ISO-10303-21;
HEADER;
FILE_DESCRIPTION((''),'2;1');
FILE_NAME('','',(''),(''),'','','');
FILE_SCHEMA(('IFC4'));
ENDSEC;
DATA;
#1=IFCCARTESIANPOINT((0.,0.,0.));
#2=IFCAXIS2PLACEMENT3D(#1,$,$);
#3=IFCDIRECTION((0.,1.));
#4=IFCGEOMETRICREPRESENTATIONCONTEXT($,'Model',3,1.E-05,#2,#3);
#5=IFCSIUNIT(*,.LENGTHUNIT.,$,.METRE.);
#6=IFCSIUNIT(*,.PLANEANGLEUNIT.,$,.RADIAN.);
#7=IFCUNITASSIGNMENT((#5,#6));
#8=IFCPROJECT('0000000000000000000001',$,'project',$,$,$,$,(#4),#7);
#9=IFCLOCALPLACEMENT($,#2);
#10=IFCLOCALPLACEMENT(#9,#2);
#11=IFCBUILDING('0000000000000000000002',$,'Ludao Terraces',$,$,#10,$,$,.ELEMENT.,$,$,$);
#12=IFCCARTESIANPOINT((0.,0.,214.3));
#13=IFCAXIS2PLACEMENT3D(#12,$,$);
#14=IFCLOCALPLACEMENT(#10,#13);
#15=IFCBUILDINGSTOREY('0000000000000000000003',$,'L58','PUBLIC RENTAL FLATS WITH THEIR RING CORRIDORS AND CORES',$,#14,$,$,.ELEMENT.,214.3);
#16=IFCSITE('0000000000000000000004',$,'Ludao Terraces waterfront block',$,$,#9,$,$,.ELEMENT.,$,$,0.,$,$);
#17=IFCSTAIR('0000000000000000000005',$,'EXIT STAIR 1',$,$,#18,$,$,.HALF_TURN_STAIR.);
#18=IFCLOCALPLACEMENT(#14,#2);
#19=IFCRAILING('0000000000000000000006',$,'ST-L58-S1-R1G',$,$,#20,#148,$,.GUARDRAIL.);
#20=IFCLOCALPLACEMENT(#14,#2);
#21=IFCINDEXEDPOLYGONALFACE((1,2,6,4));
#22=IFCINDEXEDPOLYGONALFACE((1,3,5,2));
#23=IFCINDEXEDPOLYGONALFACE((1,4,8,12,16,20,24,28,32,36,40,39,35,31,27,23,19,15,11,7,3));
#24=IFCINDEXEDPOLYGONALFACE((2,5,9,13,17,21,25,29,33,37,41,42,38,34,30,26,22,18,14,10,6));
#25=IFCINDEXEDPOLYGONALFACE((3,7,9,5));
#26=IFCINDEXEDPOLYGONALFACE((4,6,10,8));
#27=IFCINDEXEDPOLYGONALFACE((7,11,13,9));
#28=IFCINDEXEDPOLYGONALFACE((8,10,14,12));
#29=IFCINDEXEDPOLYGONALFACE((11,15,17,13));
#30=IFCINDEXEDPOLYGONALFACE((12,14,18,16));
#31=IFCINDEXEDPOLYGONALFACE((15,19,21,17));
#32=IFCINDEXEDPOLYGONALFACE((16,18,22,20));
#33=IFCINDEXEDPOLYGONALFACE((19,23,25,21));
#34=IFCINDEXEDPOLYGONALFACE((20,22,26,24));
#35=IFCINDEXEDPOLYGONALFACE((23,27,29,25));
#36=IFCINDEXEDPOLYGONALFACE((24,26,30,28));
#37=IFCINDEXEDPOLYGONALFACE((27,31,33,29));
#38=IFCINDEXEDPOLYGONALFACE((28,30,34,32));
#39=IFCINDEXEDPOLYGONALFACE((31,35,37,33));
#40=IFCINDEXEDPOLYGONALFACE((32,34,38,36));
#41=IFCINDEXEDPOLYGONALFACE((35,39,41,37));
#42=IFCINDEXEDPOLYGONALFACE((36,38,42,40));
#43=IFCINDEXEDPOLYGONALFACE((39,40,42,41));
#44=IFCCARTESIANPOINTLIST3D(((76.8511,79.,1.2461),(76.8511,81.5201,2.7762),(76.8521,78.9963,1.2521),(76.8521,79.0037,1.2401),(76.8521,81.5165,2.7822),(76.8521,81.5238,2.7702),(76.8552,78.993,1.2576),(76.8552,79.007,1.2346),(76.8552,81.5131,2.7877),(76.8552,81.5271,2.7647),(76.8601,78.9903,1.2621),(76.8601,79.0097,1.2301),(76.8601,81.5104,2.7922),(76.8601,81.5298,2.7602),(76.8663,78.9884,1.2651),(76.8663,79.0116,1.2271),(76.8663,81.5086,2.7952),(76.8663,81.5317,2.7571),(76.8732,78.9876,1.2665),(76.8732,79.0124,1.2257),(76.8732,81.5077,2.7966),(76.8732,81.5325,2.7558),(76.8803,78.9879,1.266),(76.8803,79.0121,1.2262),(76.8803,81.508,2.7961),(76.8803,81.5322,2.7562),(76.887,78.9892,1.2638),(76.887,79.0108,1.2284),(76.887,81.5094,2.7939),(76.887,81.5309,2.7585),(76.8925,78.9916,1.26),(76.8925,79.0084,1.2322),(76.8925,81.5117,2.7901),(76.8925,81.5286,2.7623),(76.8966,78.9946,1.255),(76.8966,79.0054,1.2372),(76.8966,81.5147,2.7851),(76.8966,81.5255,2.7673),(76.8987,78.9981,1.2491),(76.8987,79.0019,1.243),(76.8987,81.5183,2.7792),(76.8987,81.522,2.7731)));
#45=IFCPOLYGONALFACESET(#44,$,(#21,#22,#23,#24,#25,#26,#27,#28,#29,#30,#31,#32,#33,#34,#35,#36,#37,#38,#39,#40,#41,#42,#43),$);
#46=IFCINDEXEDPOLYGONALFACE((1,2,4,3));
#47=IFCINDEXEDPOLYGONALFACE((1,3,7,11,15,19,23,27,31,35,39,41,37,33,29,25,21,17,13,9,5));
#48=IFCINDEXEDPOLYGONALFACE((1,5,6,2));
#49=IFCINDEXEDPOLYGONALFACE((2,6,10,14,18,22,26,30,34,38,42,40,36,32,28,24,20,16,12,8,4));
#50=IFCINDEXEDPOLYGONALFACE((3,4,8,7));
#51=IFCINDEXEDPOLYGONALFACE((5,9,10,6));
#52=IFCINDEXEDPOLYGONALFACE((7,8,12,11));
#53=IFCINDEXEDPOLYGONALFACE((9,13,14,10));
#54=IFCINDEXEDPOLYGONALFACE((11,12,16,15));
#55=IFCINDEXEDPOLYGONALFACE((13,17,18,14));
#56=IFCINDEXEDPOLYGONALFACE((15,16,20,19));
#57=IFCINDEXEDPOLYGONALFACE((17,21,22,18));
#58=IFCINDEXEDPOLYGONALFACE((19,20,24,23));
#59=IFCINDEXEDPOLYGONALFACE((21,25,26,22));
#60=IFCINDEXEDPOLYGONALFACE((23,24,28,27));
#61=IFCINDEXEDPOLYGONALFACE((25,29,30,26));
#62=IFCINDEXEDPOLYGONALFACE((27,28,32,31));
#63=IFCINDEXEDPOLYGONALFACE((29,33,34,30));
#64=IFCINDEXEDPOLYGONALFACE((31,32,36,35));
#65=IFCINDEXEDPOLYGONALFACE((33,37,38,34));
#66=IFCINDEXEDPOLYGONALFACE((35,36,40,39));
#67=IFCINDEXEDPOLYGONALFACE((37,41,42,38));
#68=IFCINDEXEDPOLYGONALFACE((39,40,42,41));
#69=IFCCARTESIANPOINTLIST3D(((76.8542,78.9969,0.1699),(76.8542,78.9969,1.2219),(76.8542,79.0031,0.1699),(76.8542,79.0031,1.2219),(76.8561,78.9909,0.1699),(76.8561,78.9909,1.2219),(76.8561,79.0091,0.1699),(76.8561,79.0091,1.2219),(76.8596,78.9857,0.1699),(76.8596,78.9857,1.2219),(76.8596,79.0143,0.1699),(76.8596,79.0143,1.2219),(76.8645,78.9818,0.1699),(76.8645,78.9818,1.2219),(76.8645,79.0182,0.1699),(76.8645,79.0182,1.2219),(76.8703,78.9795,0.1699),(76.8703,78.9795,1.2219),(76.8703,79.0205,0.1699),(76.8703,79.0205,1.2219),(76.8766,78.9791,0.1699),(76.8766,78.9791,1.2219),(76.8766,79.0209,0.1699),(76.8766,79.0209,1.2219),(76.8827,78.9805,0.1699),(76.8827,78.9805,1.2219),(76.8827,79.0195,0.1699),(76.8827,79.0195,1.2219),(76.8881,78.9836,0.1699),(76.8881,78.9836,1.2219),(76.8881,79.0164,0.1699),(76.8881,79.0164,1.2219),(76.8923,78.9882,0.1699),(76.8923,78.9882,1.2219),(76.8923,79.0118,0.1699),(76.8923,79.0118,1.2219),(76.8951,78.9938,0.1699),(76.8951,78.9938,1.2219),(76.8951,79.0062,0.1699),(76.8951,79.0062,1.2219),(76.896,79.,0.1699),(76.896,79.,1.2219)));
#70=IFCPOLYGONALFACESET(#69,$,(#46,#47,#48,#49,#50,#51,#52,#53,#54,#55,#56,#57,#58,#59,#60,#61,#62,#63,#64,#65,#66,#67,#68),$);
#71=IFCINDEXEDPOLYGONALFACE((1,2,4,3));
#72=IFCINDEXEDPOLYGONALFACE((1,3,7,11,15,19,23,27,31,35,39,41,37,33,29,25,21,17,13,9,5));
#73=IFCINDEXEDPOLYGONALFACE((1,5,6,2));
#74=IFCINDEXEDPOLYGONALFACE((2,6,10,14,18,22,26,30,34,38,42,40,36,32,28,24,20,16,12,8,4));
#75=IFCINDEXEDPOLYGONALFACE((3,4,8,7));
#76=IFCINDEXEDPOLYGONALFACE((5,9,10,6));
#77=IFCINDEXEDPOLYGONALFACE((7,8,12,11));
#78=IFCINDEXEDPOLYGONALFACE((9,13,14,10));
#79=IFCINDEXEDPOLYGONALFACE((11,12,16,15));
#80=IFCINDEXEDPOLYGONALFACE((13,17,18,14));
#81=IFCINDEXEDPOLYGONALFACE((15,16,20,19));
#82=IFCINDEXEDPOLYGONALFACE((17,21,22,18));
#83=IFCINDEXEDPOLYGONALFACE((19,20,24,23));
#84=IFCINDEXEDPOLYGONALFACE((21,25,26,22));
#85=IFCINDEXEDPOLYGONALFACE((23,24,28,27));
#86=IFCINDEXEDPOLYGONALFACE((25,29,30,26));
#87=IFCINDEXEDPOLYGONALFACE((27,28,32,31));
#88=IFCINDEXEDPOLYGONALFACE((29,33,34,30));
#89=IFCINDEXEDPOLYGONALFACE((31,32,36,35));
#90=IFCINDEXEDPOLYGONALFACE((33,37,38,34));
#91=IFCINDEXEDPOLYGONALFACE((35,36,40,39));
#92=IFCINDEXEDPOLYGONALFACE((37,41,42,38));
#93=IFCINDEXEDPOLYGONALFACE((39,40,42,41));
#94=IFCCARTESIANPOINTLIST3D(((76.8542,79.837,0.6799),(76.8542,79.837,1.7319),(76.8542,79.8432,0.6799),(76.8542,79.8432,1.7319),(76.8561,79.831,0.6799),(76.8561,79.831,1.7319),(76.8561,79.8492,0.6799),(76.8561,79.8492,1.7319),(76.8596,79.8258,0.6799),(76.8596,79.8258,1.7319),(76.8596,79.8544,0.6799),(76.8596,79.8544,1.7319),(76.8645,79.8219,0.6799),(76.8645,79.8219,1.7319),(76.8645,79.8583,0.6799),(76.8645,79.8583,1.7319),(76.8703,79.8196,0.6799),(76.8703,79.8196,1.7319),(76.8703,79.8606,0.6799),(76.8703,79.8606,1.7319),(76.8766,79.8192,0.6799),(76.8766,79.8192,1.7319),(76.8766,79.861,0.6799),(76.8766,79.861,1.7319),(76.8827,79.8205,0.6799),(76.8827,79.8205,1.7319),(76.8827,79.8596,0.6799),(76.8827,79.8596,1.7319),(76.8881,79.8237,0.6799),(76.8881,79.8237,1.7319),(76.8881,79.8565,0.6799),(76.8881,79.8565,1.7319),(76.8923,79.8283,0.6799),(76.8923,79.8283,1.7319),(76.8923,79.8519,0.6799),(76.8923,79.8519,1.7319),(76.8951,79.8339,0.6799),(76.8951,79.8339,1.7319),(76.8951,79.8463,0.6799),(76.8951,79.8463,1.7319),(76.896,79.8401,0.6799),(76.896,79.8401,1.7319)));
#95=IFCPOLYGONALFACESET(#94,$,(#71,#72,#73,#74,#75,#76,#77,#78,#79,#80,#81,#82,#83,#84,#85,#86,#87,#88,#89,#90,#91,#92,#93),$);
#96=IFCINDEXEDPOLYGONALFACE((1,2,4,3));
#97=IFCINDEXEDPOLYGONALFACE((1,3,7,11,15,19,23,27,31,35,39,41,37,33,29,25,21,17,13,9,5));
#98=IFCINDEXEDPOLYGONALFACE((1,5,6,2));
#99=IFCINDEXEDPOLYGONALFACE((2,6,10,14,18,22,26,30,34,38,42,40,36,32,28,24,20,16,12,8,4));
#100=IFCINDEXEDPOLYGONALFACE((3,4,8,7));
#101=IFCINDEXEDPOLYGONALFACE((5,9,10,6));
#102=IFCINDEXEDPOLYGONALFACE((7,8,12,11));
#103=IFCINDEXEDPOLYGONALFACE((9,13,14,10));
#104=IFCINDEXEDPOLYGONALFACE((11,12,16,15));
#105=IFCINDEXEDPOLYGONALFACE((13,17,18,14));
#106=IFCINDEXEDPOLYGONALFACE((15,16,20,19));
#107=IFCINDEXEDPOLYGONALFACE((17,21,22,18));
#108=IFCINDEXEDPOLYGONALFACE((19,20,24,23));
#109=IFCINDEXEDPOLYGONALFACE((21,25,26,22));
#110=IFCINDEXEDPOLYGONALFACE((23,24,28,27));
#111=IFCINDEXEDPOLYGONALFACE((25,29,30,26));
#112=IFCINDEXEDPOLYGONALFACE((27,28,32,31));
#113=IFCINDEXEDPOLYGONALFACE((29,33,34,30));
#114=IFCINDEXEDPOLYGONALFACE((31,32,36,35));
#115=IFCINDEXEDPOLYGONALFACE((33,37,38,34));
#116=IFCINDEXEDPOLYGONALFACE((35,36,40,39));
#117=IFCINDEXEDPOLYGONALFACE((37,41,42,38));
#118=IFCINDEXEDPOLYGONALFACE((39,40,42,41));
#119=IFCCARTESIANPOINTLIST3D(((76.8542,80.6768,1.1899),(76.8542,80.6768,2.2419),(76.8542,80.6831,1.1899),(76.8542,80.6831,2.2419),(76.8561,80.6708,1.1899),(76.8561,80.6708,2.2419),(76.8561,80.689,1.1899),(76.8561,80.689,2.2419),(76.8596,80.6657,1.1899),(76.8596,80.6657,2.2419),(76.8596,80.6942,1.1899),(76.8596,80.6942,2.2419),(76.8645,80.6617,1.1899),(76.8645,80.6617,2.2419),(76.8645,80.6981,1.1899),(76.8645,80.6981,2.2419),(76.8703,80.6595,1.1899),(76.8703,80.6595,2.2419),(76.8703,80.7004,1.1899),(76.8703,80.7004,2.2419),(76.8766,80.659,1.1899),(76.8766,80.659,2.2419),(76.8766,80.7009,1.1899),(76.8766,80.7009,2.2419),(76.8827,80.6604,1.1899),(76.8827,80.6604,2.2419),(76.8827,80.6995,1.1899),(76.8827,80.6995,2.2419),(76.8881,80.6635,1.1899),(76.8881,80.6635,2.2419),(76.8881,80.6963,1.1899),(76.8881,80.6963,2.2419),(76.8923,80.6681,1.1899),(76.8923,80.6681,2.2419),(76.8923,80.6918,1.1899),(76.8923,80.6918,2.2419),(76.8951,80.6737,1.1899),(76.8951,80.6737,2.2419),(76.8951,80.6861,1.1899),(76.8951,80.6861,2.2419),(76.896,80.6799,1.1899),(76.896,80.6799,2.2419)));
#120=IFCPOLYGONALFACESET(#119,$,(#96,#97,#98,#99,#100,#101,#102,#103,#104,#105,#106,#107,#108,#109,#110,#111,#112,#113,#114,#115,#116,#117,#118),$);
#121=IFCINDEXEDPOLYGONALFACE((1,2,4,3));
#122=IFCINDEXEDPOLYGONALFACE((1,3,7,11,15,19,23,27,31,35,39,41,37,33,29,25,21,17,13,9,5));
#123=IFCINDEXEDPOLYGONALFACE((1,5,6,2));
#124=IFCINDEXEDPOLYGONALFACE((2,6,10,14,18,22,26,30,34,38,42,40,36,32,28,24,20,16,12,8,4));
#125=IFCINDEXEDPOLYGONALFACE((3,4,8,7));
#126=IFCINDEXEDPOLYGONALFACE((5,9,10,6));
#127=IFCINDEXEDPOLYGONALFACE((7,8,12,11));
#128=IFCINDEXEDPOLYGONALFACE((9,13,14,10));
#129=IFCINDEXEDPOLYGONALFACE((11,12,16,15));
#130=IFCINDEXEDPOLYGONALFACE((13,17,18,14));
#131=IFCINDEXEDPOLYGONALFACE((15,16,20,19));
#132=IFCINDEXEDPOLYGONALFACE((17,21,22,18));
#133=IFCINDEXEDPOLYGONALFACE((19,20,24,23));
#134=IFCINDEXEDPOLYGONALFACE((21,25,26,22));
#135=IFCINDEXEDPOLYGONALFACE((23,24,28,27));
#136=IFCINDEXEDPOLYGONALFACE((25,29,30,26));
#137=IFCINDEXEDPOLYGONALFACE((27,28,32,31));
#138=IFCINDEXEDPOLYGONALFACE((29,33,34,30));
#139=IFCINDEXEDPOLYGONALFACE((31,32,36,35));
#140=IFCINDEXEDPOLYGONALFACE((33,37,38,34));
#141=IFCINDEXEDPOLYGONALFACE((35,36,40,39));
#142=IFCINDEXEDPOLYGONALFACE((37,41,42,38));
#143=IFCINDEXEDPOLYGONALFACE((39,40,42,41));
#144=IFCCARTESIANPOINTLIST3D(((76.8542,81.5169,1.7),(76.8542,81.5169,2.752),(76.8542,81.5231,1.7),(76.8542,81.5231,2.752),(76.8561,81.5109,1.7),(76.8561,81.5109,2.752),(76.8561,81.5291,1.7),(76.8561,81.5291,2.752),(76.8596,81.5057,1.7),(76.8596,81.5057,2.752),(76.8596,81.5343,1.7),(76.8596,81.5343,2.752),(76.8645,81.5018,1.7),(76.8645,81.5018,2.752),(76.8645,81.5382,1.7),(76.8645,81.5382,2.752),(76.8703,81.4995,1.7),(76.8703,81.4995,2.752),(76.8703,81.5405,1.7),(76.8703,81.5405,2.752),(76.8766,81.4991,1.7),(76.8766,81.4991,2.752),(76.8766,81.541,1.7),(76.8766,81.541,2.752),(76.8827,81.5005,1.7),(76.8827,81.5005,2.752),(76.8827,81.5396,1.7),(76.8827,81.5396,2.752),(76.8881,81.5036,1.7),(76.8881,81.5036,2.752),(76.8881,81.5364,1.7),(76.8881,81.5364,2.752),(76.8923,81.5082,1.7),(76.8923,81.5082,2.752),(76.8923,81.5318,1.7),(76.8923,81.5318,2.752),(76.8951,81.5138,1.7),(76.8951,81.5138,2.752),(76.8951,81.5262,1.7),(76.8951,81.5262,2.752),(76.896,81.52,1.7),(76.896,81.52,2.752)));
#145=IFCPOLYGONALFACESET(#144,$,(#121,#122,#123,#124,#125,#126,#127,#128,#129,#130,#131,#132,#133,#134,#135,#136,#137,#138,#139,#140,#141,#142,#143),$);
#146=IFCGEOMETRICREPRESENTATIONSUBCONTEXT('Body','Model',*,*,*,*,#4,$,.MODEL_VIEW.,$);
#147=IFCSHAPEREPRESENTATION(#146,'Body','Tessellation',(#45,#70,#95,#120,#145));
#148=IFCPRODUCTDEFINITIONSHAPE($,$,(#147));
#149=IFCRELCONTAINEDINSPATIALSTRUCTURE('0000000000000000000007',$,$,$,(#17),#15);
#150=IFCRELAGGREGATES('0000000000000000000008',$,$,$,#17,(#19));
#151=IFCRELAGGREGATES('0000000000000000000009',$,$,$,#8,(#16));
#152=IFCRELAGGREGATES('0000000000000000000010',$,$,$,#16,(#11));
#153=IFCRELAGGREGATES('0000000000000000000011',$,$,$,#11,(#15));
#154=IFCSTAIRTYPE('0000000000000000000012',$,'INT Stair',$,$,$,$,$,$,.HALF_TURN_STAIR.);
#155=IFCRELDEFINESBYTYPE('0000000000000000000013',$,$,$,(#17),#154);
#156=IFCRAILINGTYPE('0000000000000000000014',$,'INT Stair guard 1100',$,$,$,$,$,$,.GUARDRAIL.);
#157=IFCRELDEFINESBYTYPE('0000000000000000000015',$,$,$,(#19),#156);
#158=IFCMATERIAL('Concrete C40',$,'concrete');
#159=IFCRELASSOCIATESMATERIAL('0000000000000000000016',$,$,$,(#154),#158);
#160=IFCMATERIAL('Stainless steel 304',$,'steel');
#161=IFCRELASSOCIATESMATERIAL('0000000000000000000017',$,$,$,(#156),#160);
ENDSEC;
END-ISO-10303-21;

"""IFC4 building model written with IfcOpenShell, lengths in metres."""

from ifc_helpers import new_model, si_unit, direction, frame, origin, origin_2d, place, context, subcontext, project, spatial, circle, extrude, material, type_object, element, aggregate, save


model = new_model("IFC4")

# Units and contexts
model_context = context("Model", 3, precision=1e-05, world=origin(), true_north=direction((0.0, 1.0)))
body_context = subcontext(model_context, "Body", "Model", "MODEL_VIEW")
ifc_project = project(units=[si_unit("LENGTHUNIT", "METRE"), si_unit("PLANEANGLEUNIT", "RADIAN")], contexts=[model_context])

# Site, building, storey
site_placement = place(None, origin())
site = spatial("IfcSite", under=ifc_project, at=site_placement, Name="Ludao Terraces waterfront block", CompositionType="ELEMENT", RefElevation=0.0)
building_placement = place(site_placement, origin())
building = spatial("IfcBuilding", under=site, at=building_placement, Name="Ludao Terraces", CompositionType="ELEMENT")
storey_placement = place(building_placement, frame((0.0, 0.0, 214.3)))
storey = spatial("IfcBuildingStorey", under=building, at=storey_placement, Name="L58", Description="PUBLIC RENTAL FLATS WITH THEIR RING CORRIDORS AND CORES", CompositionType="ELEMENT", Elevation=214.3)

# Shared definitions
ifc_material_1 = material(Name="Concrete C40", Category="concrete")

# Stair, railing
stair_type = type_object("IfcStairType", Name="INT Stair", PredefinedType="HALF_TURN_STAIR", material=ifc_material_1)
stair_placement = place(storey_placement, origin())
stair = element("IfcStair", 1, at=stair_placement, inside=storey, type_object=stair_type, Name="EXIT STAIR 1", PredefinedType="HALF_TURN_STAIR")
ifc_material_2 = material(Name="Stainless steel 304", Category="steel")
railing_type_1 = type_object("IfcRailingType", Name="INT Stair guard 1100", PredefinedType="GUARDRAIL", material=ifc_material_2)
railing_1_placement = place(storey_placement, frame((76.875, 79.0, 0.1699)))
railing_1 = element("IfcRailing", 2, at=railing_1_placement, type_object=railing_type_1, Name="ST-L58-S1-R1G", PredefinedType="GUARDRAIL", context=body_context, shape_type="SweptSolid", body=[
    extrude(circle(Radius=0.0239, at=origin_2d()), frame((0.0, 0.0, 1.0762), z_axis=(0.0, 0.854785, 0.518982), x_axis=(-1.0, 0.0, 0.0)), (0.0, 0.0, 1.0), 2.9482),
    extrude(circle(Radius=0.021, at=origin_2d()), origin(), (0.0, 0.0, 1.0), 1.052),
    extrude(circle(Radius=0.021, at=origin_2d()), frame((0.0, 0.8401, 0.51)), (0.0, 0.0, 1.0), 1.052),
    extrude(circle(Radius=0.021, at=origin_2d()), frame((0.0, 1.6799, 1.02)), (0.0, 0.0, 1.0), 1.052),
    extrude(circle(Radius=0.021, at=origin_2d()), frame((0.0, 2.52, 1.53)), (0.0, 0.0, 1.0), 1.052),
])
aggregate(stair, [railing_1])

save(model, "model.ifc")
